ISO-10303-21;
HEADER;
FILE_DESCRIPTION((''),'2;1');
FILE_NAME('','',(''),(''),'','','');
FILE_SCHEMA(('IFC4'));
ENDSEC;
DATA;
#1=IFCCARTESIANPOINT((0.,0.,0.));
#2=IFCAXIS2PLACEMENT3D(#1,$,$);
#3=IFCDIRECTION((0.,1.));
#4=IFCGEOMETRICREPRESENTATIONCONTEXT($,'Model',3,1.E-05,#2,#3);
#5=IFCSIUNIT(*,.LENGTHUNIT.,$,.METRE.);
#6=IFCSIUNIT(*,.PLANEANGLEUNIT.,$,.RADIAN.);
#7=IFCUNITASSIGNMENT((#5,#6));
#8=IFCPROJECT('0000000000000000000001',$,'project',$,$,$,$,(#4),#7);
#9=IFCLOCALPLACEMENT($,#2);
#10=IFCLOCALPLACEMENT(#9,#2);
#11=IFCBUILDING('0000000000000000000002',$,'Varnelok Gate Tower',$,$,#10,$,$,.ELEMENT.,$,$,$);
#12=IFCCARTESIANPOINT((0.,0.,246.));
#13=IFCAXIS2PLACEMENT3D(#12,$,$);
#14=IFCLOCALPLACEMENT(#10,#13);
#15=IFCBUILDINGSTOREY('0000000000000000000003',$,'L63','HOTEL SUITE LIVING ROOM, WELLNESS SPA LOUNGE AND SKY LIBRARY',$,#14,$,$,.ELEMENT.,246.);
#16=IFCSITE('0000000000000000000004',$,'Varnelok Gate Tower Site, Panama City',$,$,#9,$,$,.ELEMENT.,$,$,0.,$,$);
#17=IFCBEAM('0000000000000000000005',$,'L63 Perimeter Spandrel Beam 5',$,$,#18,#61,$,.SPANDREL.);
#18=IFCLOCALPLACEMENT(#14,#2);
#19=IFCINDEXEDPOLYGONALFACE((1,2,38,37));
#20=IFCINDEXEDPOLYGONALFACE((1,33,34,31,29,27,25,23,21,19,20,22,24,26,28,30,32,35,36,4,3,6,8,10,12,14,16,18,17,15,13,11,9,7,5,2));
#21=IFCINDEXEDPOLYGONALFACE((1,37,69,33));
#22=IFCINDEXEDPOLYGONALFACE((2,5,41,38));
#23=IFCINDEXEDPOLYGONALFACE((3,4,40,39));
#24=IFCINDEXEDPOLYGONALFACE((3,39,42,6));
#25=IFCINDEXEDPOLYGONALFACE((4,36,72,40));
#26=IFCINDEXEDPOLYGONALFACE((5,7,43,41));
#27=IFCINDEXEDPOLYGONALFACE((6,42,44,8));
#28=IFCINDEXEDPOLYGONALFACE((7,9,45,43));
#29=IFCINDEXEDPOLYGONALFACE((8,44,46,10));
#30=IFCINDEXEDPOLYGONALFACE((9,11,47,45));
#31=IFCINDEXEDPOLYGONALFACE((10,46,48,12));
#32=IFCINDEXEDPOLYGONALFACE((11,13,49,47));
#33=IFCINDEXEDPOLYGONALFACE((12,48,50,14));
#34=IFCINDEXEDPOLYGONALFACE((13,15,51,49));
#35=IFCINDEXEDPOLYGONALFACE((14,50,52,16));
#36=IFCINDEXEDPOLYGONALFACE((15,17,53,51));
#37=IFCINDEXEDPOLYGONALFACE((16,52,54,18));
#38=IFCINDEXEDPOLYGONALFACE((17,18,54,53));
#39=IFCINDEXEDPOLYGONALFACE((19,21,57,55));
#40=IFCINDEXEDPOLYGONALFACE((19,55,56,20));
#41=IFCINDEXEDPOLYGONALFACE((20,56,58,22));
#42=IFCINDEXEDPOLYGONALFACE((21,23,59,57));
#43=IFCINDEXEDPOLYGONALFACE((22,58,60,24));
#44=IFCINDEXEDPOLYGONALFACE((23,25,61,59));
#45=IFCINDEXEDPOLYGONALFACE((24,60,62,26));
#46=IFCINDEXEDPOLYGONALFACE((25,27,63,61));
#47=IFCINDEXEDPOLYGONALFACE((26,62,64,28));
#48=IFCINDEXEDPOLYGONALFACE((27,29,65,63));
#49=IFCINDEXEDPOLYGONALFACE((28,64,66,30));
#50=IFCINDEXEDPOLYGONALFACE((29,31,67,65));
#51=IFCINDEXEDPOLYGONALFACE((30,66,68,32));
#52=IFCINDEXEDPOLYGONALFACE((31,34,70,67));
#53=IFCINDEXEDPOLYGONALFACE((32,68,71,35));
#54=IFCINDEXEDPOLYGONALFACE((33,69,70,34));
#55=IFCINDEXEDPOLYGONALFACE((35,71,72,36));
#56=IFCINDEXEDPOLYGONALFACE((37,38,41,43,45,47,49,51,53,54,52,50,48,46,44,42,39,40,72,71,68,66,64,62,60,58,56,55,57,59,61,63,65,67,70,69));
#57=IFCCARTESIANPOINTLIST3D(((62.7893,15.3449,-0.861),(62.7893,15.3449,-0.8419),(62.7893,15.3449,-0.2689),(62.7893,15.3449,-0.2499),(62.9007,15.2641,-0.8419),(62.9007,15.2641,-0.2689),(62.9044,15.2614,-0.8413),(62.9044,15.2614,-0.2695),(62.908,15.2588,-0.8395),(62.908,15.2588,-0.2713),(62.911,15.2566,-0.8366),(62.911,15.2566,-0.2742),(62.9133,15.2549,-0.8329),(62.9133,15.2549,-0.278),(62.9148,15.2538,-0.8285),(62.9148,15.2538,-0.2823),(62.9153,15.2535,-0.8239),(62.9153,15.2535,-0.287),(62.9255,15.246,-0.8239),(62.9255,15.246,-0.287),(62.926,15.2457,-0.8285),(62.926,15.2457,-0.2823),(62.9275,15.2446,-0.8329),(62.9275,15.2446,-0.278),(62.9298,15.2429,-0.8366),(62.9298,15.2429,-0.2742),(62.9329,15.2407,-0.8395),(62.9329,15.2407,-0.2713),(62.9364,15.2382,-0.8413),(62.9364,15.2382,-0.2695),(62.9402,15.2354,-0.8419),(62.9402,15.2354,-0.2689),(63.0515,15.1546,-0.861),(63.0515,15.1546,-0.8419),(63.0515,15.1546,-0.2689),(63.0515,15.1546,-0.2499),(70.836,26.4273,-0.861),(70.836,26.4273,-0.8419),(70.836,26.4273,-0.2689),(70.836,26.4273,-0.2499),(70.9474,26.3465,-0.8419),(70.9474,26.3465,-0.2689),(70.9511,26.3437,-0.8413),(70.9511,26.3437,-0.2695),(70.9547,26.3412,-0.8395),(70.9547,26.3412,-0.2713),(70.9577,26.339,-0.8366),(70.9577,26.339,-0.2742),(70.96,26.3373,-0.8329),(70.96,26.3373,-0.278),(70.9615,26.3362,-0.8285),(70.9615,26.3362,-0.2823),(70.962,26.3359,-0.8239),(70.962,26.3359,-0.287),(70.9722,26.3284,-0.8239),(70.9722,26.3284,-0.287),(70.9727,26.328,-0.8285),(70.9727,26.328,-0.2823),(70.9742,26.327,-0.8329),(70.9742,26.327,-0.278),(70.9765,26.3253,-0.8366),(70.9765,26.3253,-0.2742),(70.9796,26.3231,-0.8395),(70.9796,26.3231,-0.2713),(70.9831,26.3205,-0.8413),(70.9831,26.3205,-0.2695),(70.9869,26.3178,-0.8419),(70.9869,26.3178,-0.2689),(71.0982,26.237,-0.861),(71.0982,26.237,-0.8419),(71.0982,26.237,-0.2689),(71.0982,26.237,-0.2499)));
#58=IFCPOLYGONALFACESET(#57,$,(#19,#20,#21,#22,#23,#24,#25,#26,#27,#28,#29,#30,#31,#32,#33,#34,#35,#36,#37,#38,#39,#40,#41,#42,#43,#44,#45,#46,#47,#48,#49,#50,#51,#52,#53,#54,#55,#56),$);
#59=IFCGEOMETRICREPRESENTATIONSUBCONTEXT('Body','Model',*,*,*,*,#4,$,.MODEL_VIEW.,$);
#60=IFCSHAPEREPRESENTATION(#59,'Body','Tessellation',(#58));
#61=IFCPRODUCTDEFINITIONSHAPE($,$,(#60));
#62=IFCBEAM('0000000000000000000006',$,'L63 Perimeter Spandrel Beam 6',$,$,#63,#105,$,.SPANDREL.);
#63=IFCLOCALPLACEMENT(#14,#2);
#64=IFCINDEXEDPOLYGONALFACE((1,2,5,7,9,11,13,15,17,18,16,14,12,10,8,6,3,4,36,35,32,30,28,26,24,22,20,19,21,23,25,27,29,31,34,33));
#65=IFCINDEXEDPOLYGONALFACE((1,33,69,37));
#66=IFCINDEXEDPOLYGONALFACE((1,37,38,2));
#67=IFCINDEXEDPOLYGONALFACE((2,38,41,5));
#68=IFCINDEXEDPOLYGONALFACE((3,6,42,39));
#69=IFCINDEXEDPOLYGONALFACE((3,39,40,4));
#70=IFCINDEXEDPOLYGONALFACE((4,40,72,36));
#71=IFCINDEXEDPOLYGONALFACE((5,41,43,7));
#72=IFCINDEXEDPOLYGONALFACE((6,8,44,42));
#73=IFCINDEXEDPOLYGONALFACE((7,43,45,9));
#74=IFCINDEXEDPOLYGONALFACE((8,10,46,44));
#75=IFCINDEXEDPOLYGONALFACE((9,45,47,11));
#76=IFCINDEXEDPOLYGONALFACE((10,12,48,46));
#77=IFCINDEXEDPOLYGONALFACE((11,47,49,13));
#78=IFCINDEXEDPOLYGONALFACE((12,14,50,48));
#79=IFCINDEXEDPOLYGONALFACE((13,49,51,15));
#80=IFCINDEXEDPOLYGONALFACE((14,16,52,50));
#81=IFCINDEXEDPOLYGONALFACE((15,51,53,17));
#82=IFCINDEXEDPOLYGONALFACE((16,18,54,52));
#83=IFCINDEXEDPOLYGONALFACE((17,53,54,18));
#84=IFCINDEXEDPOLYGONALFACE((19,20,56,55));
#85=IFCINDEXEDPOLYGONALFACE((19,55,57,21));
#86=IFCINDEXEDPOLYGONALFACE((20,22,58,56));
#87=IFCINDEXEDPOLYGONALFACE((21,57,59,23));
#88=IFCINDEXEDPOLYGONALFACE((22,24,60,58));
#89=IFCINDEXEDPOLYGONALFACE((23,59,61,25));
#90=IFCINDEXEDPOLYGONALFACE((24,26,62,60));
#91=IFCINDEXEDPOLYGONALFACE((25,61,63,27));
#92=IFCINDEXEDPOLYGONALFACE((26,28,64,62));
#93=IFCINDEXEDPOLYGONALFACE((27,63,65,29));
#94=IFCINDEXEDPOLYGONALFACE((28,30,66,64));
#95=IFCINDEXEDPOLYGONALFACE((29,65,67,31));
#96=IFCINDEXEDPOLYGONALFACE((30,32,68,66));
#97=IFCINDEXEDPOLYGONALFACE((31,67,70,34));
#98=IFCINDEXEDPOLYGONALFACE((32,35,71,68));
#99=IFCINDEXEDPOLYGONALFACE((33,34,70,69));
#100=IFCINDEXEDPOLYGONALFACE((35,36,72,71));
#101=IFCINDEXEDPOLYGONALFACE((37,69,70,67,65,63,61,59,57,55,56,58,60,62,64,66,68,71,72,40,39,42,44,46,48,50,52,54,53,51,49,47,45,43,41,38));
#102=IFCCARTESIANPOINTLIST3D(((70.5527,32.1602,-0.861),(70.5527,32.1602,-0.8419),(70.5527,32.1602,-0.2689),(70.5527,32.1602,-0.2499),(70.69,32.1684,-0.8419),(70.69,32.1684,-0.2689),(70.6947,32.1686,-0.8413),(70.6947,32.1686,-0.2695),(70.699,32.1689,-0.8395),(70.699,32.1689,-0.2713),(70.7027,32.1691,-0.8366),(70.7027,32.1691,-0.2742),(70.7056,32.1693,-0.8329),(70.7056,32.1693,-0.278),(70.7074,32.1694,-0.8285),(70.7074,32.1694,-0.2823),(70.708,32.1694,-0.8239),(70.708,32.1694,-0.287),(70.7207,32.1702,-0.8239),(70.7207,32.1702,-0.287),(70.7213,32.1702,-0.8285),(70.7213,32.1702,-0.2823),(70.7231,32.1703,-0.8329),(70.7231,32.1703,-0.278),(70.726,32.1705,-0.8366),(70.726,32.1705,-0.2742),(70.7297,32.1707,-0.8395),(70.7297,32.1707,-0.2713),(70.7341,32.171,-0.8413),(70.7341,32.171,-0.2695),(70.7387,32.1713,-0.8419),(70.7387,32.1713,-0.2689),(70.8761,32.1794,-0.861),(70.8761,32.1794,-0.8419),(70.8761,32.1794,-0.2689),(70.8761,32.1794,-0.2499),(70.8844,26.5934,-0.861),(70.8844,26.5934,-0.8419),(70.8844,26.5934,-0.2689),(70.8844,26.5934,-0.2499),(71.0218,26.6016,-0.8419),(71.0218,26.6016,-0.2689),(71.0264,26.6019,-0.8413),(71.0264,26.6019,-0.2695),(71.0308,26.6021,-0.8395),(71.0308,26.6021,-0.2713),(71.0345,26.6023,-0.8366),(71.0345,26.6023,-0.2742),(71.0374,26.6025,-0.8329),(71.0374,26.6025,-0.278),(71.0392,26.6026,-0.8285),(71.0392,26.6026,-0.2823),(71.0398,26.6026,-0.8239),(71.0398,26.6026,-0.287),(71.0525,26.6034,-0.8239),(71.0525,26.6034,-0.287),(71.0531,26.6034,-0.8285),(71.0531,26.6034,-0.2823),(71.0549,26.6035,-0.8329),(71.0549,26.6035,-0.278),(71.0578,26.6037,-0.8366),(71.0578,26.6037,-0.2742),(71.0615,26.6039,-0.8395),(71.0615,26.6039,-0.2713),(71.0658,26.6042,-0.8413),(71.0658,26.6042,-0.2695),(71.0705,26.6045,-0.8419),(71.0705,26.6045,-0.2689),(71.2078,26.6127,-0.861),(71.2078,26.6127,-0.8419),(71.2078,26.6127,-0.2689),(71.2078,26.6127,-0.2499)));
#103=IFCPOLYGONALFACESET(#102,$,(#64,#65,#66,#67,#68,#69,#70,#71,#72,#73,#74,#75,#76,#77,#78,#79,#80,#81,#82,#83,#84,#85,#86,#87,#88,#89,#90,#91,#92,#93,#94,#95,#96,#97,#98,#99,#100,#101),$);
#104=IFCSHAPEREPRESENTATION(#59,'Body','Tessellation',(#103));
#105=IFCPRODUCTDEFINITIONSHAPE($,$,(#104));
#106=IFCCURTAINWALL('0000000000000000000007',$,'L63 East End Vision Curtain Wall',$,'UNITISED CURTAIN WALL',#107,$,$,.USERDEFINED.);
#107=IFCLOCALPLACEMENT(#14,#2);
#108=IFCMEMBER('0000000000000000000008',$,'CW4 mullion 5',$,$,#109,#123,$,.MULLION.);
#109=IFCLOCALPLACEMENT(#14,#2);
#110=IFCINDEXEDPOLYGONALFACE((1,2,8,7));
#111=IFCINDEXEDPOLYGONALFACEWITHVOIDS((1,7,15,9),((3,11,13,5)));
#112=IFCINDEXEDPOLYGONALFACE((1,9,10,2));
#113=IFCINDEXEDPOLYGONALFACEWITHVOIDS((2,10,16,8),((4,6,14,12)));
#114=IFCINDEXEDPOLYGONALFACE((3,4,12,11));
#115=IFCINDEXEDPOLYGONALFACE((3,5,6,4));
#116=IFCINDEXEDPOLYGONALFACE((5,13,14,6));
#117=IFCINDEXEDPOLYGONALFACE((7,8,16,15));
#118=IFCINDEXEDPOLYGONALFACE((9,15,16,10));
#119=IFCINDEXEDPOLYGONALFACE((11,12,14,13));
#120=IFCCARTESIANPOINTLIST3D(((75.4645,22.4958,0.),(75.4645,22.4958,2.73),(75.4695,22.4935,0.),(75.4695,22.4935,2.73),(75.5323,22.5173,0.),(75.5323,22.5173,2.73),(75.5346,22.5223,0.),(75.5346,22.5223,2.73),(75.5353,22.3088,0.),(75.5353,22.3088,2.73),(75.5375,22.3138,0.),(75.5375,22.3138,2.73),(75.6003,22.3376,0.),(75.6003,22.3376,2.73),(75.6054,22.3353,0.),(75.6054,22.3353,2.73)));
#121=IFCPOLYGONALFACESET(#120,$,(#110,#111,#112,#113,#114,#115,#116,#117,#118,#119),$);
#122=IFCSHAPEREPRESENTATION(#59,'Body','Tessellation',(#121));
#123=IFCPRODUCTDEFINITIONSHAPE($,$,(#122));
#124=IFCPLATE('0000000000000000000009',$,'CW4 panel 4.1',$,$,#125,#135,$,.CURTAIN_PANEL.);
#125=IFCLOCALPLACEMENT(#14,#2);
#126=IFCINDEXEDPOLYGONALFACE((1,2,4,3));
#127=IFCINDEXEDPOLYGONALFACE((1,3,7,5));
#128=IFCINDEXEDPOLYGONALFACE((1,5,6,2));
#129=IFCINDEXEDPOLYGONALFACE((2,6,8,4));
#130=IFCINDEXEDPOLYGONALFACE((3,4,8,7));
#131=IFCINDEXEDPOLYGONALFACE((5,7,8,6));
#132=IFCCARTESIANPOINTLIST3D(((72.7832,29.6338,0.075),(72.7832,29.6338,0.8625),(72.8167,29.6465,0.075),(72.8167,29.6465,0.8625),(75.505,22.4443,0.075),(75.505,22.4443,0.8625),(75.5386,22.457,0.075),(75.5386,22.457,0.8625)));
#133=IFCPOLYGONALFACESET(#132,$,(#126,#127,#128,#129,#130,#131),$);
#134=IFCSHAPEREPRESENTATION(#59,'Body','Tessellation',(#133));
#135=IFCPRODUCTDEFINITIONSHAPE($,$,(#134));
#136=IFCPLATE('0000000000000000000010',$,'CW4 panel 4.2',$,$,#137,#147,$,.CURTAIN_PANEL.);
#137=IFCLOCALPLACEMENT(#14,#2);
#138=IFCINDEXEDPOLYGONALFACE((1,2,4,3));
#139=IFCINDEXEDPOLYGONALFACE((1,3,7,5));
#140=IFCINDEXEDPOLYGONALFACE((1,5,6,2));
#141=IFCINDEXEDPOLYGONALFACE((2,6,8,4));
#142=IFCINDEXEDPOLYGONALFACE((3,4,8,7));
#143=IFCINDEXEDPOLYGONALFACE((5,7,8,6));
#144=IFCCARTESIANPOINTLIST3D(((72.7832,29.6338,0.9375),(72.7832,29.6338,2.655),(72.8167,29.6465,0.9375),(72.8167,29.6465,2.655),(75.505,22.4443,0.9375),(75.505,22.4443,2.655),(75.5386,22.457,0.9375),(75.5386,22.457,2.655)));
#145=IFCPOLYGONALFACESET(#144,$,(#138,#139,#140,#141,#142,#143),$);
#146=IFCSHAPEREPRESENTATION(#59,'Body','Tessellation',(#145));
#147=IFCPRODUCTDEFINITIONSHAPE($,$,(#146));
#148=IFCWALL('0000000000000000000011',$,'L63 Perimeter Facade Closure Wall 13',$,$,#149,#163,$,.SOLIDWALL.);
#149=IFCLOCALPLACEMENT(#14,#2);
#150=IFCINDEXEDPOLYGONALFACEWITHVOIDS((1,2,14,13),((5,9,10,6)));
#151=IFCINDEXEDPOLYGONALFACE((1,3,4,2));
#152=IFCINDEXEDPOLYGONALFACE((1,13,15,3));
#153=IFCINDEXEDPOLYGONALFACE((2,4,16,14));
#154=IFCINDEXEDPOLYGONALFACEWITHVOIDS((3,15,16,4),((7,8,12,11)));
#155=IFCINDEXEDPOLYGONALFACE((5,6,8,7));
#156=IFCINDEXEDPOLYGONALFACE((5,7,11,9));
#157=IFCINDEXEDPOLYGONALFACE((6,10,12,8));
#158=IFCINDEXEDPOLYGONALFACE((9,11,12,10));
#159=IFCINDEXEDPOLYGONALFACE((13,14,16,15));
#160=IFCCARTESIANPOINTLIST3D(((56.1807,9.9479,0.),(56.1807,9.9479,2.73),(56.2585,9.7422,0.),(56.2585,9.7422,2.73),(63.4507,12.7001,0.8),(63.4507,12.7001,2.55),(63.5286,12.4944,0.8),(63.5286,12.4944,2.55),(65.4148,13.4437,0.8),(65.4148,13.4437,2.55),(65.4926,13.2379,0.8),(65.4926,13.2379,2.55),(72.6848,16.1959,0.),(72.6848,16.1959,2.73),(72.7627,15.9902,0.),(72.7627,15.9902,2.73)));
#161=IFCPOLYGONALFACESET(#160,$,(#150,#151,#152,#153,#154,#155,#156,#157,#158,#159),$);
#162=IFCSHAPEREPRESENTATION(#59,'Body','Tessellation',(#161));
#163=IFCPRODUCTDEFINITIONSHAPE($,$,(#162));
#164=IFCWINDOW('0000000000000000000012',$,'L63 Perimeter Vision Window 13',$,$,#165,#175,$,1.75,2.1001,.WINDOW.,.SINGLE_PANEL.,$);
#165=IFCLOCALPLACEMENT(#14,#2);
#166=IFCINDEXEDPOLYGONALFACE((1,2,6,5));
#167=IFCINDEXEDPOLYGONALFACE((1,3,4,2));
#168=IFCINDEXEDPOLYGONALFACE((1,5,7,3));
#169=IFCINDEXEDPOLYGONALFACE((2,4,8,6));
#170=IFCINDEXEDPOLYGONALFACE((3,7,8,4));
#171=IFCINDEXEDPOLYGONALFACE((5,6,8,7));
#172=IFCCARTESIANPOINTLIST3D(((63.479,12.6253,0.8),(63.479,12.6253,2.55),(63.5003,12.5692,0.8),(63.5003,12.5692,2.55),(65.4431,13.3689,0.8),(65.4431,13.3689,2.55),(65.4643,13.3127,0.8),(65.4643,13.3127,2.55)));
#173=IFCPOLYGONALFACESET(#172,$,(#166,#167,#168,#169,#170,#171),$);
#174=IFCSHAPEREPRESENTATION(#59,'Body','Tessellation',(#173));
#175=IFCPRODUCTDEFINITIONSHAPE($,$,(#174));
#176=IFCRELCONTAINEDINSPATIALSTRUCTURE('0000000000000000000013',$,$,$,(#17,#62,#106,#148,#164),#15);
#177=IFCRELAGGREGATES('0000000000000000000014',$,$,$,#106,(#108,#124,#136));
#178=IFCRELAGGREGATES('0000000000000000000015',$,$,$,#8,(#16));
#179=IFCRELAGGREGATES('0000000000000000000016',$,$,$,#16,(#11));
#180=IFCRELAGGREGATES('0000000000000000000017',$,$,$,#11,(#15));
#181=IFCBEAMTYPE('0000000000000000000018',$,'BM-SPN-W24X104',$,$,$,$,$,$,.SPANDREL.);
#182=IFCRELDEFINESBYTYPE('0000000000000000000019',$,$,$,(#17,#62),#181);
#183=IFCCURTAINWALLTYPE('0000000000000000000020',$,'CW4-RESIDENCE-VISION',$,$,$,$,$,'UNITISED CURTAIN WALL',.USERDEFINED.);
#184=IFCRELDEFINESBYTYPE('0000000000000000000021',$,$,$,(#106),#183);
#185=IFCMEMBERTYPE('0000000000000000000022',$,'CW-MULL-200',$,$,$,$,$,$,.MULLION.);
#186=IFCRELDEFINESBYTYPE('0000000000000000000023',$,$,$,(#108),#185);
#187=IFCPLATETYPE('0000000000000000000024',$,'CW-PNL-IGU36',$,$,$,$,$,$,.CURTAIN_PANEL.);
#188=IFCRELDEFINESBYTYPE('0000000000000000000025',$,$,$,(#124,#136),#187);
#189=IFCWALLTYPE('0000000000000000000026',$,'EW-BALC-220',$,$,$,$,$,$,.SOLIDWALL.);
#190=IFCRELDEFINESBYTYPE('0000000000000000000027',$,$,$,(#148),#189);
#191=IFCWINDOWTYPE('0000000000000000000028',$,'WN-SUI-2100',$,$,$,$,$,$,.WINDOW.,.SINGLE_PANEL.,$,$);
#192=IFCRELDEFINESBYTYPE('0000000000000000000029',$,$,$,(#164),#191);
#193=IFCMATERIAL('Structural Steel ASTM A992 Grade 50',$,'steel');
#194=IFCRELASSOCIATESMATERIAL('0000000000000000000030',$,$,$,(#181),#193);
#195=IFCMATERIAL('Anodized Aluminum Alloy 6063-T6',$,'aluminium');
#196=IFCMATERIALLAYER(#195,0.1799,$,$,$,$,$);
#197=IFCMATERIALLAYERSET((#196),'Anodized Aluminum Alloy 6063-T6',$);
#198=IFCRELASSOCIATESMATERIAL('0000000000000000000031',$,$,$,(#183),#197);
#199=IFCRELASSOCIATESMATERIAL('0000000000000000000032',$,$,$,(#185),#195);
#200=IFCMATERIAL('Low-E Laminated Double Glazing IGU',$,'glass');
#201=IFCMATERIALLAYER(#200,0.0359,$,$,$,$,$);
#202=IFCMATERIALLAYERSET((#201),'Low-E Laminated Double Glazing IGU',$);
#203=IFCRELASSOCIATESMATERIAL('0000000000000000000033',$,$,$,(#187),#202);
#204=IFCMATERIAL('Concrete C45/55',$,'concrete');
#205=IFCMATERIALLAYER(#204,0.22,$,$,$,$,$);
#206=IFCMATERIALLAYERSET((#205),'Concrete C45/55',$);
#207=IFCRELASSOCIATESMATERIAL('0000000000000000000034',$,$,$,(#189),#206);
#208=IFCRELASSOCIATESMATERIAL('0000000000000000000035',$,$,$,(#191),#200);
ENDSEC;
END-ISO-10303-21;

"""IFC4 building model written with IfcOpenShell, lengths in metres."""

from ifc_helpers import new_model, si_unit, direction, frame, frame_2d, origin, origin_2d, place, context, subcontext, project, spatial, rectangle, hollow_rectangle, i_section, extrude, source, transform, mapped, material, layer, layer_set, material_profile, profile_set, type_object, element, fill, aggregate, save


model = new_model("IFC4")

# Units and contexts
model_context = context("Model", 3, precision=1e-05, world=origin(), true_north=direction((0.0, 1.0)))
body_context = subcontext(model_context, "Body", "Model", "MODEL_VIEW")
ifc_project = project(units=[si_unit("LENGTHUNIT", "METRE"), si_unit("PLANEANGLEUNIT", "RADIAN")], contexts=[model_context])

# Site, building, storey
site_placement = place(None, origin())
site = spatial("IfcSite", under=ifc_project, at=site_placement, Name="Varnelok Gate Tower Site, Panama City", CompositionType="ELEMENT", RefElevation=0.0)
building_placement = place(site_placement, origin())
building = spatial("IfcBuilding", under=site, at=building_placement, Name="Varnelok Gate Tower", CompositionType="ELEMENT")
storey_placement = place(building_placement, frame((0.0, 0.0, 246.0)))
storey = spatial("IfcBuildingStorey", under=building, at=storey_placement, Name="L63", Description="HOTEL SUITE LIVING ROOM, WELLNESS SPA LOUNGE AND SKY LIBRARY", CompositionType="ELEMENT", Elevation=246.0)

# Shared definitions
ifc_material_1 = material(Name="Structural Steel ASTM A992 Grade 50", Category="steel")

# Beams
ifc_material_profile_1 = material_profile(ifc_material_1, i_section(OverallWidth=0.324, OverallDepth=0.6111, WebThickness=0.0127, FlangeThickness=0.019, FilletRadius=0.0181, at=origin_2d()), Name="W24X104")
ifc_profile_set_1 = profile_set([ifc_material_profile_1], Name="Structural Steel ASTM A992 Grade 50")
beam_type_1 = type_object("IfcBeamType", Name="BM-SPN-W24X104", PredefinedType="SPANDREL", material=ifc_profile_set_1)
beam_1_placement = place(storey_placement, frame((62.9204, 15.2498, -0.5554), z_axis=(0.587541, 0.809195, 0.0), x_axis=(-0.809195, 0.587541, 0.0)))
element("IfcBeam", 1, at=beam_1_placement, inside=storey, type_object=beam_type_1, Name="L63 Perimeter Spandrel Beam 5", PredefinedType="SPANDREL", context=body_context, shape_type="SweptSolid", body=[
    extrude(i_section(OverallWidth=0.324, OverallDepth=0.6111, WebThickness=0.0127, FlangeThickness=0.019, FilletRadius=0.0181, at=origin_2d()), origin(), (0.0, 0.0, 1.0), 13.6956),
])
beam_2_placement = place(storey_placement, frame((71.0461, 26.603, -0.5554), z_axis=(-0.059494, 0.998229, 0.0), x_axis=(-0.998229, -0.059494, 0.0)))
element("IfcBeam", 2, at=beam_2_placement, inside=storey, type_object=beam_type_1, Name="L63 Perimeter Spandrel Beam 6", PredefinedType="SPANDREL", context=body_context, shape_type="SweptSolid", body=[
    extrude(i_section(OverallWidth=0.324, OverallDepth=0.6111, WebThickness=0.0127, FlangeThickness=0.019, FilletRadius=0.0181, at=origin_2d()), origin(), (0.0, 0.0, 1.0), 5.5767),
])

# Curtain wall, member, plates
ifc_material_2 = material(Name="Anodized Aluminum Alloy 6063-T6", Category="aluminium")
ifc_layer_1 = layer(ifc_material_2, 0.1799)
ifc_layer_set_1 = layer_set([ifc_layer_1], Name="Anodized Aluminum Alloy 6063-T6")
curtain_wall_type = type_object("IfcCurtainWallType", Name="CW4-RESIDENCE-VISION", ElementType="UNITISED CURTAIN WALL", PredefinedType="USERDEFINED", material=ifc_layer_set_1)
curtain_wall_placement = place(storey_placement, origin())
curtain_wall = element("IfcCurtainWall", 3, at=curtain_wall_placement, inside=storey, type_object=curtain_wall_type, Name="L63 East End Vision Curtain Wall", ObjectType="UNITISED CURTAIN WALL", PredefinedType="USERDEFINED")
ifc_material_profile_2 = material_profile(ifc_material_2, hollow_rectangle(XDim=0.075, YDim=0.2, WallThickness=0.0039, at=origin_2d()), Name="ALU200X75X4")
ifc_profile_set_2 = profile_set([ifc_material_profile_2], Name="Anodized Aluminum Alloy 6063-T6")
member_type = type_object("IfcMemberType", Name="CW-MULL-200", PredefinedType="MULLION", material=ifc_profile_set_2)
member_placement = place(storey_placement, frame((75.5349, 22.4155, 0.0), z_axis=(0.0, 0.0, 1.0), x_axis=(0.935222, 0.354063, 0.0)))
member = element("IfcMember", 4, at=member_placement, type_object=member_type, Name="CW4 mullion 5", PredefinedType="MULLION", context=body_context, shape_type="SweptSolid", body=[
    extrude(hollow_rectangle(XDim=0.075, YDim=0.2, WallThickness=0.0039, at=origin_2d()), origin(), (0.0, 0.0, 1.0), 2.73),
])
ifc_material_3 = material(Name="Low-E Laminated Double Glazing IGU", Category="glass")
ifc_layer_2 = layer(ifc_material_3, 0.0359)
ifc_layer_set_2 = layer_set([ifc_layer_2], Name="Low-E Laminated Double Glazing IGU")
plate_type = type_object("IfcPlateType", Name="CW-PNL-IGU36", PredefinedType="CURTAIN_PANEL", material=ifc_layer_set_2)
shared_shape_1 = source(origin(), body_context, "Body", "SweptSolid", [
    extrude(rectangle(XDim=7.6875, YDim=0.0359, at=origin_2d()), origin(), (0.0, 0.0, 1.0), 0.7876),
])
plate_1_placement = place(storey_placement, frame((74.1609, 26.0454, 0.075), z_axis=(0.0, 0.0, 1.0), x_axis=(0.354063, -0.935222, 0.0)))
plate_1 = element("IfcPlate", 5, at=plate_1_placement, type_object=plate_type, Name="CW4 panel 4.1", PredefinedType="CURTAIN_PANEL", context=body_context, shape_type="MappedRepresentation", body=[
    mapped(shared_shape_1, transform((0.0, 0.0, 0.0), scale=1.0)),
])
shared_shape_2 = source(origin(), body_context, "Body", "SweptSolid", [
    extrude(rectangle(XDim=7.6875, YDim=0.0359, at=origin_2d()), origin(), (0.0, 0.0, 1.0), 1.7175),
])
plate_2_placement = place(storey_placement, frame((74.1609, 26.0454, 0.9375), z_axis=(0.0, 0.0, 1.0), x_axis=(0.354063, -0.935222, 0.0)))
plate_2 = element("IfcPlate", 6, at=plate_2_placement, type_object=plate_type, Name="CW4 panel 4.2", PredefinedType="CURTAIN_PANEL", context=body_context, shape_type="MappedRepresentation", body=[
    mapped(shared_shape_2, transform((0.0, 0.0, 0.0), scale=1.0)),
])
aggregate(curtain_wall, [member, plate_1, plate_2])

# Wall, opening, window
ifc_material_4 = material(Name="Concrete C45/55", Category="concrete")
ifc_layer_3 = layer(ifc_material_4, 0.22)
ifc_layer_set_3 = layer_set([ifc_layer_3], Name="Concrete C45/55")
wall_type_1 = type_object("IfcWallType", Name="EW-BALC-220", PredefinedType="SOLIDWALL", material=ifc_layer_set_3)
wall_1_placement = place(storey_placement, frame((56.2195, 9.845, 0.0), z_axis=(0.0, 0.0, 1.0), x_axis=(0.935226, 0.354052, 0.0)))
wall_1 = element("IfcWall", 7, at=wall_1_placement, inside=storey, type_object=wall_type_1, Name="L63 Perimeter Facade Closure Wall 13", PredefinedType="SOLIDWALL", context=body_context, shape_type="SweptSolid", body=[
    extrude(rectangle(XDim=17.6472, YDim=0.22, at=frame_2d((8.8237, 0.0))), origin(), (0.0, 0.0, 1.0), 2.73),
])
opening_1_placement = place(wall_1_placement, frame((7.7737, 0.0, 0.8)))
opening_1 = element("IfcOpeningElement", 8, at=opening_1_placement, cuts=wall_1, PredefinedType="OPENING", context=body_context, shape_type="SweptSolid", body=[
    extrude(rectangle(XDim=2.1001, YDim=1.75, at=frame_2d((1.05, 0.875))), frame((0.0, 0.1199, 0.0), z_axis=(0.0, -1.0, 0.0), x_axis=(1.0, 0.0, 0.0)), (0.0, 0.0, 1.0), 0.24),
])
window_type = type_object("IfcWindowType", Name="WN-SUI-2100", PartitioningType="SINGLE_PANEL", PredefinedType="WINDOW", material=ifc_material_3)
window_placement = place(opening_1_placement, origin())
window = element("IfcWindow", 9, at=window_placement, inside=storey, type_object=window_type, Name="L63 Perimeter Vision Window 13", OverallHeight=1.75, OverallWidth=2.1001, PartitioningType="SINGLE_PANEL", PredefinedType="WINDOW", context=body_context, shape_type="SweptSolid", body=[
    extrude(rectangle(XDim=2.1001, YDim=1.75, at=frame_2d((1.05, 0.875))), frame((0.0, 0.03, 0.0), z_axis=(0.0, -1.0, 0.0), x_axis=(1.0, 0.0, 0.0)), (0.0, 0.0, 1.0), 0.0601),
])
fill(opening_1, window)

save(model, "model.ifc")
